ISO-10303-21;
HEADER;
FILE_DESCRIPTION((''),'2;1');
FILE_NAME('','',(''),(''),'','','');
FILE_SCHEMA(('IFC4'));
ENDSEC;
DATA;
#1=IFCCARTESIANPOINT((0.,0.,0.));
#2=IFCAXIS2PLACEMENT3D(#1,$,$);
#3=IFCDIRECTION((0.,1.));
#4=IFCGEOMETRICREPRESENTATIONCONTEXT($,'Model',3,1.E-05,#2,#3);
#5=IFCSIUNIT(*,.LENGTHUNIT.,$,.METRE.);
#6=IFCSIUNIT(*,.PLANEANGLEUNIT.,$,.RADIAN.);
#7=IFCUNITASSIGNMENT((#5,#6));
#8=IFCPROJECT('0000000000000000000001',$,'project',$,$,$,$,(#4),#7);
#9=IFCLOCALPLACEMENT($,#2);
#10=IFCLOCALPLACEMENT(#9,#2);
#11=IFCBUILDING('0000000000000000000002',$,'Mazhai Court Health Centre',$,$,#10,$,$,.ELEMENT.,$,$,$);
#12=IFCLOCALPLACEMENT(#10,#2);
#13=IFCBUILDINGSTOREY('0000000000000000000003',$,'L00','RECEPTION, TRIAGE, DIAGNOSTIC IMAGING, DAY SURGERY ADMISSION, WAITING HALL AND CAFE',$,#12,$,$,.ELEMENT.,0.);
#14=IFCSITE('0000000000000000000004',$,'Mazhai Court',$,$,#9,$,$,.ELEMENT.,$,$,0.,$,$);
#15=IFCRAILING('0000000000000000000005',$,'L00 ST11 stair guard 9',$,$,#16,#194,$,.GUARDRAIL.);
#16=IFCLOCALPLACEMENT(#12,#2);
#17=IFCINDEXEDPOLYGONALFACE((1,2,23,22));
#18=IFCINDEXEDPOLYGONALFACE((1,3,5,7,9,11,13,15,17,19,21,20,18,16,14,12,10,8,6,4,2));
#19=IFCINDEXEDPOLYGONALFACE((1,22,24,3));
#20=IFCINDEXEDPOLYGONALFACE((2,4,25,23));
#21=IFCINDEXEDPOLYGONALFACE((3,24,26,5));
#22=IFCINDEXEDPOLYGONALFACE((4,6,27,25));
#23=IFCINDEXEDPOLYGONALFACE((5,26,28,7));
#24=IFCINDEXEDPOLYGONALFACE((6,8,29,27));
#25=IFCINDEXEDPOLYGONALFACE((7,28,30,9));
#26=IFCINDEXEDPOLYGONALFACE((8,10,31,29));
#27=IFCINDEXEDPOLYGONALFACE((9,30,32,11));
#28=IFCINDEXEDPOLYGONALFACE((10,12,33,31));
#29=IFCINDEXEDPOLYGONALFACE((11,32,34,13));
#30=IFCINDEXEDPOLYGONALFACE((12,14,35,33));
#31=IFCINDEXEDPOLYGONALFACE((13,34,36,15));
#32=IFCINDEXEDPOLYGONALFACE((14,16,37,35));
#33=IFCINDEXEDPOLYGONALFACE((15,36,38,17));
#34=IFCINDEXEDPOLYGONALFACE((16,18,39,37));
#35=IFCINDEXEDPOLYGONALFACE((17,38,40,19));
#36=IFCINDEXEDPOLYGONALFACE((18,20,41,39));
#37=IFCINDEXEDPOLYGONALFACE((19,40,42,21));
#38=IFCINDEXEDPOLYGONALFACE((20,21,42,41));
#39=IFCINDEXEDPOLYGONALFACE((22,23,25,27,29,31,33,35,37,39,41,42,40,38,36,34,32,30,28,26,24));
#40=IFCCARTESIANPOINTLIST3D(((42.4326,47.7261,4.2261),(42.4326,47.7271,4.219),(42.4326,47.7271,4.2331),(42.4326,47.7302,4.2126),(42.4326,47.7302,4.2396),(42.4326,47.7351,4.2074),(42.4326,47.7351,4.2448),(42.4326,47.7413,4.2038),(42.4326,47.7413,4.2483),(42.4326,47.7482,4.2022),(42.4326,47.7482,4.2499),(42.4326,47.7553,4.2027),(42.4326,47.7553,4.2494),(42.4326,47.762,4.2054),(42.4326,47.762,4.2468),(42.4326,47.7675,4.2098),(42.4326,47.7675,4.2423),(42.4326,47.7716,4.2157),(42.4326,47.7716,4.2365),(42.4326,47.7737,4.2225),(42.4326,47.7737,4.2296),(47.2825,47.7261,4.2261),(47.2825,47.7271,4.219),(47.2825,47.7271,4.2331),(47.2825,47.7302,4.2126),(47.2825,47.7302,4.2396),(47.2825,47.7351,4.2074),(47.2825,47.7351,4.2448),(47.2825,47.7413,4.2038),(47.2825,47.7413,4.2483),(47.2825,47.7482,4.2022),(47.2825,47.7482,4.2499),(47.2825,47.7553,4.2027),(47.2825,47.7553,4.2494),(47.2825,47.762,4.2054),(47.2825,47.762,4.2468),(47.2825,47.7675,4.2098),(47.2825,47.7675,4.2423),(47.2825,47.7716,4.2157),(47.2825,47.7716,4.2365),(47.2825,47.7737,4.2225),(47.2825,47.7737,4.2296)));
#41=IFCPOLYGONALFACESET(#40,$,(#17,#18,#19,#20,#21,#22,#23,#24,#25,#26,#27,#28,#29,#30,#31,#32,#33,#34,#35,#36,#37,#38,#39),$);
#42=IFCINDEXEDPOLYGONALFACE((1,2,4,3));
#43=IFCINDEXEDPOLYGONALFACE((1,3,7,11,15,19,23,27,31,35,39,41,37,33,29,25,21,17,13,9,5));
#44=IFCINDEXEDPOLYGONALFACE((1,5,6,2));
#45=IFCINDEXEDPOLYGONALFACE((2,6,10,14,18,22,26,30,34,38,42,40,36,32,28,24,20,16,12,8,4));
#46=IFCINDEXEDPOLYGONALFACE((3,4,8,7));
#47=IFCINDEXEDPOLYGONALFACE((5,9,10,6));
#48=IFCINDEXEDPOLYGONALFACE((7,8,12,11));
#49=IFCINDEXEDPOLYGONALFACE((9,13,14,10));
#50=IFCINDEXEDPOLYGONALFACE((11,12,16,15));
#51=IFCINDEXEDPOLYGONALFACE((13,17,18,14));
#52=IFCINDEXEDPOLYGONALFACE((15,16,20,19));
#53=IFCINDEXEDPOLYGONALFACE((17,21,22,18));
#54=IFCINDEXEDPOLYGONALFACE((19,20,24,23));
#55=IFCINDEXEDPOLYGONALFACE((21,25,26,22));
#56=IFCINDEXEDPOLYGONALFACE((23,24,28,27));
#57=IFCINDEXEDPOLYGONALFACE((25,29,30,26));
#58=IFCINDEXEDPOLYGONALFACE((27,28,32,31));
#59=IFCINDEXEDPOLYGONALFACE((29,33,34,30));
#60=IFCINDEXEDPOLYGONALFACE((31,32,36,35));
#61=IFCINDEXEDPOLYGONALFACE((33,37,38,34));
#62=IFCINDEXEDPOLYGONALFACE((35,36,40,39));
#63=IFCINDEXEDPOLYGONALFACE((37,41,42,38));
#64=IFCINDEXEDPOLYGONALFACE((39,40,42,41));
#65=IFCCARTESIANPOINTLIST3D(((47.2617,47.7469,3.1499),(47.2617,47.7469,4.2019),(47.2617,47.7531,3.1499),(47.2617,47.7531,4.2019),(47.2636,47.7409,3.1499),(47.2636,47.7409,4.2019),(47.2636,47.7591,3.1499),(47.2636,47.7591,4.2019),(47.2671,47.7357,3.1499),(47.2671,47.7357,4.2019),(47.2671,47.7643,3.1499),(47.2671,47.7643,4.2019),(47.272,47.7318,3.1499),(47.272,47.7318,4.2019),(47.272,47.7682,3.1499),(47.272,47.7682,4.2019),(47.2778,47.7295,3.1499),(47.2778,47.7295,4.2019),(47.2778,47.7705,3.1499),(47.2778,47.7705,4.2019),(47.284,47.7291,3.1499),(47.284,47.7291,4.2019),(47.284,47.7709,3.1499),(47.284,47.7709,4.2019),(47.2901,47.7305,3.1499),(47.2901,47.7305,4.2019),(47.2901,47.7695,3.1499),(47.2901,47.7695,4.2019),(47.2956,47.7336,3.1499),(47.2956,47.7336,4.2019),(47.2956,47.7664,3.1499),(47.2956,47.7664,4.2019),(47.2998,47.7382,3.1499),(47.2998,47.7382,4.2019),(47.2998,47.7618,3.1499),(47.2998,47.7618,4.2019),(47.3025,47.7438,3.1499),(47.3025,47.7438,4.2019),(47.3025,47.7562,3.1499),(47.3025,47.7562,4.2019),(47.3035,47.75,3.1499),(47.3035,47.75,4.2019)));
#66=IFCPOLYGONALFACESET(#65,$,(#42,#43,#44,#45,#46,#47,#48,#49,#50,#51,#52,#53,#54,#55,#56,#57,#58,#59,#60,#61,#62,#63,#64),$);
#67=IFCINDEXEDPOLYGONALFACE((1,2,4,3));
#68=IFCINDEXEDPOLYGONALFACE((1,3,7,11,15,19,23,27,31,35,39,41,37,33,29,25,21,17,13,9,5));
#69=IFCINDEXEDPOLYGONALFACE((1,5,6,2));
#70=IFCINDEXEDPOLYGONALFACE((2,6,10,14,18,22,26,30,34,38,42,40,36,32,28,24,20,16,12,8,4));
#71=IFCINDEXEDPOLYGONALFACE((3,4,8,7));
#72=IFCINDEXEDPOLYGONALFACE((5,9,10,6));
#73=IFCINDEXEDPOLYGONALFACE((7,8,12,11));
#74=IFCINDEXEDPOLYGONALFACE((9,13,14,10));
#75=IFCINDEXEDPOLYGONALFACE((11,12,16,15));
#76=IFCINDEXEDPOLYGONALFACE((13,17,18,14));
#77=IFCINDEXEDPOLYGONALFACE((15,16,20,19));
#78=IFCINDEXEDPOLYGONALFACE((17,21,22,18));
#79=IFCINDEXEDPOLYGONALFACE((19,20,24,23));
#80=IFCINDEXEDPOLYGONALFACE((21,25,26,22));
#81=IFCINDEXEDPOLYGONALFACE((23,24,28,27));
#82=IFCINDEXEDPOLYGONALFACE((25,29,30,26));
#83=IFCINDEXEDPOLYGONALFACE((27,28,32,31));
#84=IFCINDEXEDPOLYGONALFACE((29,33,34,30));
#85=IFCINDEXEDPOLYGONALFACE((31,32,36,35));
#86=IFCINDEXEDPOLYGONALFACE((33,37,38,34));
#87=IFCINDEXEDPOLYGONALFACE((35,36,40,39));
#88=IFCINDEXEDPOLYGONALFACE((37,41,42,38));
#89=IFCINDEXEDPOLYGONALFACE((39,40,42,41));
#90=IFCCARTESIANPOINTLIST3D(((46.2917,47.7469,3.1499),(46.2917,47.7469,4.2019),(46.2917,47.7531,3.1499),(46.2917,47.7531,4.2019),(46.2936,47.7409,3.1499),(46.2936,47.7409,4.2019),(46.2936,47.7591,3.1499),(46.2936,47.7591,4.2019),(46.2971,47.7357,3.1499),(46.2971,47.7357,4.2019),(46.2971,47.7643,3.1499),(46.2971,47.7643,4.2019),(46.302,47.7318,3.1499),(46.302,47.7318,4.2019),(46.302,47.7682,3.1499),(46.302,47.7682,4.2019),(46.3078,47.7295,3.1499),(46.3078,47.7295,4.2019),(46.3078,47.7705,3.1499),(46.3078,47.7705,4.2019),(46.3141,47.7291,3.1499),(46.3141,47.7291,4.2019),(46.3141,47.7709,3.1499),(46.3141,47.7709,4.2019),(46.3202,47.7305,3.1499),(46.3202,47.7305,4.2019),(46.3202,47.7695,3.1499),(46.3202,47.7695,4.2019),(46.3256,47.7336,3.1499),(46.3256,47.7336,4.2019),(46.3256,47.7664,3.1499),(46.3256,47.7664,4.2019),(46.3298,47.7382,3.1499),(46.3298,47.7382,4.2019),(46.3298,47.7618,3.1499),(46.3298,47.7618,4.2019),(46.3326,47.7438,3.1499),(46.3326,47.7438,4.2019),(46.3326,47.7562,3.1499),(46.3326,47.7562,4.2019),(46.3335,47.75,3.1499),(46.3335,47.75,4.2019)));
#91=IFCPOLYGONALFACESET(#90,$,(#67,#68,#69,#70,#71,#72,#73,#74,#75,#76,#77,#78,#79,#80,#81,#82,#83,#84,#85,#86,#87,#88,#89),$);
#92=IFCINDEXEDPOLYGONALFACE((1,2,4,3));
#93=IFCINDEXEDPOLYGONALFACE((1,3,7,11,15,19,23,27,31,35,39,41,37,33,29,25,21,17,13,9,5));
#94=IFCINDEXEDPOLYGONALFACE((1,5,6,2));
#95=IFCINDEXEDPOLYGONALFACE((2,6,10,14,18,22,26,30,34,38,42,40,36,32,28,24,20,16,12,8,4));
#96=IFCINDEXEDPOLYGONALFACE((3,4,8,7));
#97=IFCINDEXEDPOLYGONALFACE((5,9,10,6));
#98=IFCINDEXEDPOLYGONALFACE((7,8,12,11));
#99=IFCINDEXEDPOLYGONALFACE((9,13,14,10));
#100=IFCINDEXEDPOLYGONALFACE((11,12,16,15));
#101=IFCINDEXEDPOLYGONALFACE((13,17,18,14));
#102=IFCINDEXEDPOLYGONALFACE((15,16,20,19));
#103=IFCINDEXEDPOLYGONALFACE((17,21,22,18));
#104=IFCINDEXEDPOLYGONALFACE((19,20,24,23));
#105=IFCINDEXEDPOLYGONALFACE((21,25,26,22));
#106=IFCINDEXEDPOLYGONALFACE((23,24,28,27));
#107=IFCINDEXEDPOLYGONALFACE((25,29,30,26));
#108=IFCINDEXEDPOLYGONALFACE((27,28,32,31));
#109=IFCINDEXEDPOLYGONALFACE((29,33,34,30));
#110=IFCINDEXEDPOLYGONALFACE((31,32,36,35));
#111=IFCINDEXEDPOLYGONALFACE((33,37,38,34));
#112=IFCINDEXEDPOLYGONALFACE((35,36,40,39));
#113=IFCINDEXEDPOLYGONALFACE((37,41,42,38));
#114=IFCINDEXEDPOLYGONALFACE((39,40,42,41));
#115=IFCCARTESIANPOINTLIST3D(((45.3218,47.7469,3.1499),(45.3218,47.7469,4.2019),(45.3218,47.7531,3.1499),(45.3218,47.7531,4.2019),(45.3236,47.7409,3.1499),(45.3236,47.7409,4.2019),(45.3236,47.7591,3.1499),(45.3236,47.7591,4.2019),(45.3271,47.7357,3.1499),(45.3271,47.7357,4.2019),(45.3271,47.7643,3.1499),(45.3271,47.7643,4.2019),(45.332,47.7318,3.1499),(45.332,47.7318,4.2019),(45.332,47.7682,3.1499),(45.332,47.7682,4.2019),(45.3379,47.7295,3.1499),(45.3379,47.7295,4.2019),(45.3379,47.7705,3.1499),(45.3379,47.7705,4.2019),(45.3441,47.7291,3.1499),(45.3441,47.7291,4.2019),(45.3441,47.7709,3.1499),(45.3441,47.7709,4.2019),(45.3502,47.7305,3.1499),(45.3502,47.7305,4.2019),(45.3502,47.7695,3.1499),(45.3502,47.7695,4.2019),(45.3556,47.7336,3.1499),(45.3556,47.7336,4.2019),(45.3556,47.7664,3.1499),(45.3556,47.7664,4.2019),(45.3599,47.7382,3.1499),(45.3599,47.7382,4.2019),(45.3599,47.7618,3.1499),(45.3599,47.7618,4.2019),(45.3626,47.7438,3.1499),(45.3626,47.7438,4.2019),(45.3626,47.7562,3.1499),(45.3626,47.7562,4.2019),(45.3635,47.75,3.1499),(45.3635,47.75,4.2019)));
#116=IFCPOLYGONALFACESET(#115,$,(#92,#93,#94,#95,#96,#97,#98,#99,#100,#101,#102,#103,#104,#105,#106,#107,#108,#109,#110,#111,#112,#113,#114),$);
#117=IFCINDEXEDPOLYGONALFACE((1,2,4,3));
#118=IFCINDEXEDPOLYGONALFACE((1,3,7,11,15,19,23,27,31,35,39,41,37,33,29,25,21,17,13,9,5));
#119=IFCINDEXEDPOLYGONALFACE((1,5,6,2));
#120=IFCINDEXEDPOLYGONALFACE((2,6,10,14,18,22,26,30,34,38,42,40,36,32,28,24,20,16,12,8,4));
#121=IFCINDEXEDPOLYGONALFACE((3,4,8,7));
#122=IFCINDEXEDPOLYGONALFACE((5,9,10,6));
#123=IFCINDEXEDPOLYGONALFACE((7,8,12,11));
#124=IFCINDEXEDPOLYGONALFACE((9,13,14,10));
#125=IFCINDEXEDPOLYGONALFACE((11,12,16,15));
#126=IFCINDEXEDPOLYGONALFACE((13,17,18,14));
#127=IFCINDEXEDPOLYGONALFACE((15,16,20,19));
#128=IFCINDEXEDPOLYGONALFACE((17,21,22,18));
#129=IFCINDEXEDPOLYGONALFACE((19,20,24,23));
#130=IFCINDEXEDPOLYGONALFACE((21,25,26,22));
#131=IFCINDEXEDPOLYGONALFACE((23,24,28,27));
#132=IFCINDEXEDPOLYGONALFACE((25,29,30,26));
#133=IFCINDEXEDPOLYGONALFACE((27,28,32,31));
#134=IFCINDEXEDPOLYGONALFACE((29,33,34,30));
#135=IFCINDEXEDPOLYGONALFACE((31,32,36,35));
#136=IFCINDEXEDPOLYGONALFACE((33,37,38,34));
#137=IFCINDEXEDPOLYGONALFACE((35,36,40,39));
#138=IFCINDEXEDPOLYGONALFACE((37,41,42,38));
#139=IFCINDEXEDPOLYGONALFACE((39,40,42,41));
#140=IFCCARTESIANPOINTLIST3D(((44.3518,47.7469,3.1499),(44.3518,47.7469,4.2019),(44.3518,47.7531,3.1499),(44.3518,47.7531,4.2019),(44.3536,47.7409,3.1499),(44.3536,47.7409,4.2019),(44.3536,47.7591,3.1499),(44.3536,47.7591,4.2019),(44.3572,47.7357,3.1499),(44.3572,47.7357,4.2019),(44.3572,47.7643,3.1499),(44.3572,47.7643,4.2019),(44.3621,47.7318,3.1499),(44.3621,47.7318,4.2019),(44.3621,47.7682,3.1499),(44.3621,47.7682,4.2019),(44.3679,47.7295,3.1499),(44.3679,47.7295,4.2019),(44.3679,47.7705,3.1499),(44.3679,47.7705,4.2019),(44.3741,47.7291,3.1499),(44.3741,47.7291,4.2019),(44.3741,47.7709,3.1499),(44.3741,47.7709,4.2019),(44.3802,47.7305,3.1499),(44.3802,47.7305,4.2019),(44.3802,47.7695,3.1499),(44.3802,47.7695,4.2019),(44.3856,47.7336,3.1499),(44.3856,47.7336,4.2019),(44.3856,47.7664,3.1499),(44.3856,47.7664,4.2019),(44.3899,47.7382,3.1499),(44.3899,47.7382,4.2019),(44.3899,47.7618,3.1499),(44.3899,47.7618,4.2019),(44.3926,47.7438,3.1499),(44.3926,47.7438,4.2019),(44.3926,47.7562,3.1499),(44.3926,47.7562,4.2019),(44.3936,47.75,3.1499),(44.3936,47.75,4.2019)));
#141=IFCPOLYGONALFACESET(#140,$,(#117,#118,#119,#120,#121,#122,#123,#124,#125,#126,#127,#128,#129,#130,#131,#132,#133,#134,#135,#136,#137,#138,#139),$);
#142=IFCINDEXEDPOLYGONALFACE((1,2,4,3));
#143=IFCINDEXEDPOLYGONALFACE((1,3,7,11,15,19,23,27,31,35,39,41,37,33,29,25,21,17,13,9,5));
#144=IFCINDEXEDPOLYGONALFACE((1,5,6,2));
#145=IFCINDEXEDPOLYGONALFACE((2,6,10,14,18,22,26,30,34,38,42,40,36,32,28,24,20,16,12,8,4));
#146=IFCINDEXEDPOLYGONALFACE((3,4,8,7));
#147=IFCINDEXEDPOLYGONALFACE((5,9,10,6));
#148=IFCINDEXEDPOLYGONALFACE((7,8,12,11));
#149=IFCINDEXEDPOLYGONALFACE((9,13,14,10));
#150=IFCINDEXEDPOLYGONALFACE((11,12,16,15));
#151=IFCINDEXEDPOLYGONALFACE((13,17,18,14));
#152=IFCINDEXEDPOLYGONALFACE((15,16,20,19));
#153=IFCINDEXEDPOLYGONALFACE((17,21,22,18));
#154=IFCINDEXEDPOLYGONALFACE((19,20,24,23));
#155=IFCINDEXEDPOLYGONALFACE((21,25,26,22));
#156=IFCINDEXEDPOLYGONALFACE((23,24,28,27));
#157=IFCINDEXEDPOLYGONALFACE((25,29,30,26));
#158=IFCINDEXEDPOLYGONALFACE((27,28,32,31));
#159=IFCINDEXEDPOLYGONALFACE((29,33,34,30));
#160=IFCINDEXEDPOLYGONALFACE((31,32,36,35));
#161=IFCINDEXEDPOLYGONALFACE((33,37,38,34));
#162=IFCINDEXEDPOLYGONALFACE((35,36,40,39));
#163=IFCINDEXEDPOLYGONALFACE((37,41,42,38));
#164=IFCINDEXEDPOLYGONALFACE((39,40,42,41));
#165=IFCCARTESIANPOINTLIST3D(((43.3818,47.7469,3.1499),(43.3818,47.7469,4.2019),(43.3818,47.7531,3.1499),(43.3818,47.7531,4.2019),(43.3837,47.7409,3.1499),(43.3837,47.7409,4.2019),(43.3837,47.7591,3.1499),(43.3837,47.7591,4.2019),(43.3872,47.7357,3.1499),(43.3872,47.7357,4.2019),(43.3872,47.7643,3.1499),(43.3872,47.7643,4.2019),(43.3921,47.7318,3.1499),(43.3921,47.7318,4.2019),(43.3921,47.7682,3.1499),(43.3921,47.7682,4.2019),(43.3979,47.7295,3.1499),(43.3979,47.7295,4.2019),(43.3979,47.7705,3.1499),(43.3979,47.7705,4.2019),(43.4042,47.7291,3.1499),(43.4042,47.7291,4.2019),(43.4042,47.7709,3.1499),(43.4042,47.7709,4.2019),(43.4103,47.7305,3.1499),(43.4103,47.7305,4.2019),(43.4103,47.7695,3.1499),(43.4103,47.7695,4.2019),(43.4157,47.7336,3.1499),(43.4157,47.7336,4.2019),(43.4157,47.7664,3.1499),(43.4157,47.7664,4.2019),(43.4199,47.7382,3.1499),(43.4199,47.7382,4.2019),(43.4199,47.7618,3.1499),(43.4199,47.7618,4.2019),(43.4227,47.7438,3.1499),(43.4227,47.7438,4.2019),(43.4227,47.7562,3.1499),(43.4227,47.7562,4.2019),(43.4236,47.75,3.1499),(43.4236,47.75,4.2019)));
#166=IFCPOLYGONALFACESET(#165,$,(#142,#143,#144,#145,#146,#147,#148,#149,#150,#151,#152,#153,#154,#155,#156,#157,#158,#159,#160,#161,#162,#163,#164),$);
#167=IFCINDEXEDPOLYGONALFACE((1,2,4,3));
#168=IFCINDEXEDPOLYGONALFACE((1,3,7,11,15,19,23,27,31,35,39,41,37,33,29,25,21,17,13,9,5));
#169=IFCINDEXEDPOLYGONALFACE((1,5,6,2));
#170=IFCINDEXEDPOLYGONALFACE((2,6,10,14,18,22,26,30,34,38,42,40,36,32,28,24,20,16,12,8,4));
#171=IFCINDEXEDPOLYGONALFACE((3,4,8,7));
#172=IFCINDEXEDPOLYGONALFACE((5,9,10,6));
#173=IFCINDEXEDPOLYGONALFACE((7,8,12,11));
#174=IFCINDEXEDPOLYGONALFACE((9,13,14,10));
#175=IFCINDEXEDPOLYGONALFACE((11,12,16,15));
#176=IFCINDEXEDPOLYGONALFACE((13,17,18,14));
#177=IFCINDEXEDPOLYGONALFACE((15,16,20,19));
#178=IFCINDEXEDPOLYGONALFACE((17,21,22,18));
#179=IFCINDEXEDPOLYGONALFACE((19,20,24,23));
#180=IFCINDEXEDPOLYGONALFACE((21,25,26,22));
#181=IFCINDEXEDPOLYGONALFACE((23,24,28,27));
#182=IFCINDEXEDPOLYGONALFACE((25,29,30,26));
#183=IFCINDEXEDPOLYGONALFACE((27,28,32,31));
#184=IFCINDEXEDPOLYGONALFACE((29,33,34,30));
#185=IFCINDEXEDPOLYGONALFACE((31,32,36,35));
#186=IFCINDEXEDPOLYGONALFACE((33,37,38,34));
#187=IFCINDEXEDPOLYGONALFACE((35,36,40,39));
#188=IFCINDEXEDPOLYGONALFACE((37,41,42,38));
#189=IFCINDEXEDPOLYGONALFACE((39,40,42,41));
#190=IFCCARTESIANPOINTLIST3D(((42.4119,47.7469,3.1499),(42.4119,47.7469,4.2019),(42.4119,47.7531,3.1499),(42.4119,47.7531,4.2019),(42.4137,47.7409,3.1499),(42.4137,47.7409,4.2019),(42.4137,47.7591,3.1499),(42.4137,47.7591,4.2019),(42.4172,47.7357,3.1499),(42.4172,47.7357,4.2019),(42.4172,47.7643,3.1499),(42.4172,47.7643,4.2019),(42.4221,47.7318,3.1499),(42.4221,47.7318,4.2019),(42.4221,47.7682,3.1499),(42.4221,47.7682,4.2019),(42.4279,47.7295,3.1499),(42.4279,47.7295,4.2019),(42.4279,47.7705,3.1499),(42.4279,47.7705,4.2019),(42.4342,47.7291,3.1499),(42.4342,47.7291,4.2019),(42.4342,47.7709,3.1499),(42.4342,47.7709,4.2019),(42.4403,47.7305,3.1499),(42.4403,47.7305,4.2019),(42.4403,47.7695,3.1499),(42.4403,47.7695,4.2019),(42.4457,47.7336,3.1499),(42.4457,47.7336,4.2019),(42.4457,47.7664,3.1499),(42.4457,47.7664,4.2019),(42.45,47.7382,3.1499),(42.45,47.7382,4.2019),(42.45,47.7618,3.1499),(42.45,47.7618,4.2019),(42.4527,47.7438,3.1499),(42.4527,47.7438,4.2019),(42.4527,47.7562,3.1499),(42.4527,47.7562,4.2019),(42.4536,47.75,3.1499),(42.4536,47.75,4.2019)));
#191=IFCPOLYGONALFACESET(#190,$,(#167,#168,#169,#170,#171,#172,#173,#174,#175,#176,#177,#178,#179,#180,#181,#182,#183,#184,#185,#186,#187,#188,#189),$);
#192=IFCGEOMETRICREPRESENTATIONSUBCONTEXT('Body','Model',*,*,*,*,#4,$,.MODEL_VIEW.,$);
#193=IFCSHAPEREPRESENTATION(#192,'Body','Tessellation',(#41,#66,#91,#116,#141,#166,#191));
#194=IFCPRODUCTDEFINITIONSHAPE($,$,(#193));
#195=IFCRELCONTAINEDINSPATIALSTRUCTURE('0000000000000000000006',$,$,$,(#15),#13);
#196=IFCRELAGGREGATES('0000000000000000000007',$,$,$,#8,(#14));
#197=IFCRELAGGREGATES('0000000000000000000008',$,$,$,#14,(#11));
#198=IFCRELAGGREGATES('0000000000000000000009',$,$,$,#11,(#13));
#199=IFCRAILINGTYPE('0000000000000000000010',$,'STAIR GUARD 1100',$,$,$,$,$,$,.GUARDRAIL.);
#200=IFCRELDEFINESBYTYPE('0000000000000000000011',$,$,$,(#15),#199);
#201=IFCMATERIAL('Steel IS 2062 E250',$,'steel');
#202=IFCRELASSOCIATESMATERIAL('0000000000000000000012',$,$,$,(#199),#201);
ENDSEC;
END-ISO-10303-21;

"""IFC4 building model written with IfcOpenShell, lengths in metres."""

from ifc_helpers import new_model, si_unit, direction, frame, origin, origin_2d, place, context, subcontext, project, spatial, circle, extrude, material, type_object, element, save


model = new_model("IFC4")

# Units and contexts
model_context = context("Model", 3, precision=1e-05, world=origin(), true_north=direction((0.0, 1.0)))
body_context = subcontext(model_context, "Body", "Model", "MODEL_VIEW")
ifc_project = project(units=[si_unit("LENGTHUNIT", "METRE"), si_unit("PLANEANGLEUNIT", "RADIAN")], contexts=[model_context])

# Site, building, storey
site_placement = place(None, origin())
site = spatial("IfcSite", under=ifc_project, at=site_placement, Name="Mazhai Court", CompositionType="ELEMENT", RefElevation=0.0)
building_placement = place(site_placement, origin())
building = spatial("IfcBuilding", under=site, at=building_placement, Name="Mazhai Court Health Centre", CompositionType="ELEMENT")
storey_placement = place(building_placement, origin())
storey = spatial("IfcBuildingStorey", under=building, at=storey_placement, Name="L00", Description="RECEPTION, TRIAGE, DIAGNOSTIC IMAGING, DAY SURGERY ADMISSION, WAITING HALL AND CAFE", CompositionType="ELEMENT", Elevation=0.0)

# Railing
ifc_material_1 = material(Name="Steel IS 2062 E250", Category="steel")
railing_type_1 = type_object("IfcRailingType", Name="STAIR GUARD 1100", PredefinedType="GUARDRAIL", material=ifc_material_1)
railing_1_placement = place(storey_placement, frame((47.2825, 47.75, 3.1499)))
element("IfcRailing", 1, at=railing_1_placement, inside=storey, type_object=railing_type_1, Name="L00 ST11 stair guard 9", PredefinedType="GUARDRAIL", context=body_context, shape_type="SweptSolid", body=[
    extrude(circle(Radius=0.0239, at=origin_2d()), frame((0.0, 0.0, 1.0762), z_axis=(-1.0, 0.0, 0.0), x_axis=(0.0, -1.0, 0.0)), (0.0, 0.0, 1.0), 4.8499),
    extrude(circle(Radius=0.021, at=origin_2d()), origin(), (0.0, 0.0, 1.0), 1.052),
    extrude(circle(Radius=0.021, at=origin_2d()), frame((-0.97, 0.0, 0.0)), (0.0, 0.0, 1.0), 1.052),
    extrude(circle(Radius=0.021, at=origin_2d()), frame((-1.9399, 0.0, 0.0)), (0.0, 0.0, 1.0), 1.052),
    extrude(circle(Radius=0.021, at=origin_2d()), frame((-2.9099, 0.0, 0.0)), (0.0, 0.0, 1.0), 1.052),
    extrude(circle(Radius=0.021, at=origin_2d()), frame((-3.8799, 0.0, 0.0)), (0.0, 0.0, 1.0), 1.052),
    extrude(circle(Radius=0.021, at=origin_2d()), frame((-4.8499, 0.0, 0.0)), (0.0, 0.0, 1.0), 1.052),
])

save(model, "model.ifc")
